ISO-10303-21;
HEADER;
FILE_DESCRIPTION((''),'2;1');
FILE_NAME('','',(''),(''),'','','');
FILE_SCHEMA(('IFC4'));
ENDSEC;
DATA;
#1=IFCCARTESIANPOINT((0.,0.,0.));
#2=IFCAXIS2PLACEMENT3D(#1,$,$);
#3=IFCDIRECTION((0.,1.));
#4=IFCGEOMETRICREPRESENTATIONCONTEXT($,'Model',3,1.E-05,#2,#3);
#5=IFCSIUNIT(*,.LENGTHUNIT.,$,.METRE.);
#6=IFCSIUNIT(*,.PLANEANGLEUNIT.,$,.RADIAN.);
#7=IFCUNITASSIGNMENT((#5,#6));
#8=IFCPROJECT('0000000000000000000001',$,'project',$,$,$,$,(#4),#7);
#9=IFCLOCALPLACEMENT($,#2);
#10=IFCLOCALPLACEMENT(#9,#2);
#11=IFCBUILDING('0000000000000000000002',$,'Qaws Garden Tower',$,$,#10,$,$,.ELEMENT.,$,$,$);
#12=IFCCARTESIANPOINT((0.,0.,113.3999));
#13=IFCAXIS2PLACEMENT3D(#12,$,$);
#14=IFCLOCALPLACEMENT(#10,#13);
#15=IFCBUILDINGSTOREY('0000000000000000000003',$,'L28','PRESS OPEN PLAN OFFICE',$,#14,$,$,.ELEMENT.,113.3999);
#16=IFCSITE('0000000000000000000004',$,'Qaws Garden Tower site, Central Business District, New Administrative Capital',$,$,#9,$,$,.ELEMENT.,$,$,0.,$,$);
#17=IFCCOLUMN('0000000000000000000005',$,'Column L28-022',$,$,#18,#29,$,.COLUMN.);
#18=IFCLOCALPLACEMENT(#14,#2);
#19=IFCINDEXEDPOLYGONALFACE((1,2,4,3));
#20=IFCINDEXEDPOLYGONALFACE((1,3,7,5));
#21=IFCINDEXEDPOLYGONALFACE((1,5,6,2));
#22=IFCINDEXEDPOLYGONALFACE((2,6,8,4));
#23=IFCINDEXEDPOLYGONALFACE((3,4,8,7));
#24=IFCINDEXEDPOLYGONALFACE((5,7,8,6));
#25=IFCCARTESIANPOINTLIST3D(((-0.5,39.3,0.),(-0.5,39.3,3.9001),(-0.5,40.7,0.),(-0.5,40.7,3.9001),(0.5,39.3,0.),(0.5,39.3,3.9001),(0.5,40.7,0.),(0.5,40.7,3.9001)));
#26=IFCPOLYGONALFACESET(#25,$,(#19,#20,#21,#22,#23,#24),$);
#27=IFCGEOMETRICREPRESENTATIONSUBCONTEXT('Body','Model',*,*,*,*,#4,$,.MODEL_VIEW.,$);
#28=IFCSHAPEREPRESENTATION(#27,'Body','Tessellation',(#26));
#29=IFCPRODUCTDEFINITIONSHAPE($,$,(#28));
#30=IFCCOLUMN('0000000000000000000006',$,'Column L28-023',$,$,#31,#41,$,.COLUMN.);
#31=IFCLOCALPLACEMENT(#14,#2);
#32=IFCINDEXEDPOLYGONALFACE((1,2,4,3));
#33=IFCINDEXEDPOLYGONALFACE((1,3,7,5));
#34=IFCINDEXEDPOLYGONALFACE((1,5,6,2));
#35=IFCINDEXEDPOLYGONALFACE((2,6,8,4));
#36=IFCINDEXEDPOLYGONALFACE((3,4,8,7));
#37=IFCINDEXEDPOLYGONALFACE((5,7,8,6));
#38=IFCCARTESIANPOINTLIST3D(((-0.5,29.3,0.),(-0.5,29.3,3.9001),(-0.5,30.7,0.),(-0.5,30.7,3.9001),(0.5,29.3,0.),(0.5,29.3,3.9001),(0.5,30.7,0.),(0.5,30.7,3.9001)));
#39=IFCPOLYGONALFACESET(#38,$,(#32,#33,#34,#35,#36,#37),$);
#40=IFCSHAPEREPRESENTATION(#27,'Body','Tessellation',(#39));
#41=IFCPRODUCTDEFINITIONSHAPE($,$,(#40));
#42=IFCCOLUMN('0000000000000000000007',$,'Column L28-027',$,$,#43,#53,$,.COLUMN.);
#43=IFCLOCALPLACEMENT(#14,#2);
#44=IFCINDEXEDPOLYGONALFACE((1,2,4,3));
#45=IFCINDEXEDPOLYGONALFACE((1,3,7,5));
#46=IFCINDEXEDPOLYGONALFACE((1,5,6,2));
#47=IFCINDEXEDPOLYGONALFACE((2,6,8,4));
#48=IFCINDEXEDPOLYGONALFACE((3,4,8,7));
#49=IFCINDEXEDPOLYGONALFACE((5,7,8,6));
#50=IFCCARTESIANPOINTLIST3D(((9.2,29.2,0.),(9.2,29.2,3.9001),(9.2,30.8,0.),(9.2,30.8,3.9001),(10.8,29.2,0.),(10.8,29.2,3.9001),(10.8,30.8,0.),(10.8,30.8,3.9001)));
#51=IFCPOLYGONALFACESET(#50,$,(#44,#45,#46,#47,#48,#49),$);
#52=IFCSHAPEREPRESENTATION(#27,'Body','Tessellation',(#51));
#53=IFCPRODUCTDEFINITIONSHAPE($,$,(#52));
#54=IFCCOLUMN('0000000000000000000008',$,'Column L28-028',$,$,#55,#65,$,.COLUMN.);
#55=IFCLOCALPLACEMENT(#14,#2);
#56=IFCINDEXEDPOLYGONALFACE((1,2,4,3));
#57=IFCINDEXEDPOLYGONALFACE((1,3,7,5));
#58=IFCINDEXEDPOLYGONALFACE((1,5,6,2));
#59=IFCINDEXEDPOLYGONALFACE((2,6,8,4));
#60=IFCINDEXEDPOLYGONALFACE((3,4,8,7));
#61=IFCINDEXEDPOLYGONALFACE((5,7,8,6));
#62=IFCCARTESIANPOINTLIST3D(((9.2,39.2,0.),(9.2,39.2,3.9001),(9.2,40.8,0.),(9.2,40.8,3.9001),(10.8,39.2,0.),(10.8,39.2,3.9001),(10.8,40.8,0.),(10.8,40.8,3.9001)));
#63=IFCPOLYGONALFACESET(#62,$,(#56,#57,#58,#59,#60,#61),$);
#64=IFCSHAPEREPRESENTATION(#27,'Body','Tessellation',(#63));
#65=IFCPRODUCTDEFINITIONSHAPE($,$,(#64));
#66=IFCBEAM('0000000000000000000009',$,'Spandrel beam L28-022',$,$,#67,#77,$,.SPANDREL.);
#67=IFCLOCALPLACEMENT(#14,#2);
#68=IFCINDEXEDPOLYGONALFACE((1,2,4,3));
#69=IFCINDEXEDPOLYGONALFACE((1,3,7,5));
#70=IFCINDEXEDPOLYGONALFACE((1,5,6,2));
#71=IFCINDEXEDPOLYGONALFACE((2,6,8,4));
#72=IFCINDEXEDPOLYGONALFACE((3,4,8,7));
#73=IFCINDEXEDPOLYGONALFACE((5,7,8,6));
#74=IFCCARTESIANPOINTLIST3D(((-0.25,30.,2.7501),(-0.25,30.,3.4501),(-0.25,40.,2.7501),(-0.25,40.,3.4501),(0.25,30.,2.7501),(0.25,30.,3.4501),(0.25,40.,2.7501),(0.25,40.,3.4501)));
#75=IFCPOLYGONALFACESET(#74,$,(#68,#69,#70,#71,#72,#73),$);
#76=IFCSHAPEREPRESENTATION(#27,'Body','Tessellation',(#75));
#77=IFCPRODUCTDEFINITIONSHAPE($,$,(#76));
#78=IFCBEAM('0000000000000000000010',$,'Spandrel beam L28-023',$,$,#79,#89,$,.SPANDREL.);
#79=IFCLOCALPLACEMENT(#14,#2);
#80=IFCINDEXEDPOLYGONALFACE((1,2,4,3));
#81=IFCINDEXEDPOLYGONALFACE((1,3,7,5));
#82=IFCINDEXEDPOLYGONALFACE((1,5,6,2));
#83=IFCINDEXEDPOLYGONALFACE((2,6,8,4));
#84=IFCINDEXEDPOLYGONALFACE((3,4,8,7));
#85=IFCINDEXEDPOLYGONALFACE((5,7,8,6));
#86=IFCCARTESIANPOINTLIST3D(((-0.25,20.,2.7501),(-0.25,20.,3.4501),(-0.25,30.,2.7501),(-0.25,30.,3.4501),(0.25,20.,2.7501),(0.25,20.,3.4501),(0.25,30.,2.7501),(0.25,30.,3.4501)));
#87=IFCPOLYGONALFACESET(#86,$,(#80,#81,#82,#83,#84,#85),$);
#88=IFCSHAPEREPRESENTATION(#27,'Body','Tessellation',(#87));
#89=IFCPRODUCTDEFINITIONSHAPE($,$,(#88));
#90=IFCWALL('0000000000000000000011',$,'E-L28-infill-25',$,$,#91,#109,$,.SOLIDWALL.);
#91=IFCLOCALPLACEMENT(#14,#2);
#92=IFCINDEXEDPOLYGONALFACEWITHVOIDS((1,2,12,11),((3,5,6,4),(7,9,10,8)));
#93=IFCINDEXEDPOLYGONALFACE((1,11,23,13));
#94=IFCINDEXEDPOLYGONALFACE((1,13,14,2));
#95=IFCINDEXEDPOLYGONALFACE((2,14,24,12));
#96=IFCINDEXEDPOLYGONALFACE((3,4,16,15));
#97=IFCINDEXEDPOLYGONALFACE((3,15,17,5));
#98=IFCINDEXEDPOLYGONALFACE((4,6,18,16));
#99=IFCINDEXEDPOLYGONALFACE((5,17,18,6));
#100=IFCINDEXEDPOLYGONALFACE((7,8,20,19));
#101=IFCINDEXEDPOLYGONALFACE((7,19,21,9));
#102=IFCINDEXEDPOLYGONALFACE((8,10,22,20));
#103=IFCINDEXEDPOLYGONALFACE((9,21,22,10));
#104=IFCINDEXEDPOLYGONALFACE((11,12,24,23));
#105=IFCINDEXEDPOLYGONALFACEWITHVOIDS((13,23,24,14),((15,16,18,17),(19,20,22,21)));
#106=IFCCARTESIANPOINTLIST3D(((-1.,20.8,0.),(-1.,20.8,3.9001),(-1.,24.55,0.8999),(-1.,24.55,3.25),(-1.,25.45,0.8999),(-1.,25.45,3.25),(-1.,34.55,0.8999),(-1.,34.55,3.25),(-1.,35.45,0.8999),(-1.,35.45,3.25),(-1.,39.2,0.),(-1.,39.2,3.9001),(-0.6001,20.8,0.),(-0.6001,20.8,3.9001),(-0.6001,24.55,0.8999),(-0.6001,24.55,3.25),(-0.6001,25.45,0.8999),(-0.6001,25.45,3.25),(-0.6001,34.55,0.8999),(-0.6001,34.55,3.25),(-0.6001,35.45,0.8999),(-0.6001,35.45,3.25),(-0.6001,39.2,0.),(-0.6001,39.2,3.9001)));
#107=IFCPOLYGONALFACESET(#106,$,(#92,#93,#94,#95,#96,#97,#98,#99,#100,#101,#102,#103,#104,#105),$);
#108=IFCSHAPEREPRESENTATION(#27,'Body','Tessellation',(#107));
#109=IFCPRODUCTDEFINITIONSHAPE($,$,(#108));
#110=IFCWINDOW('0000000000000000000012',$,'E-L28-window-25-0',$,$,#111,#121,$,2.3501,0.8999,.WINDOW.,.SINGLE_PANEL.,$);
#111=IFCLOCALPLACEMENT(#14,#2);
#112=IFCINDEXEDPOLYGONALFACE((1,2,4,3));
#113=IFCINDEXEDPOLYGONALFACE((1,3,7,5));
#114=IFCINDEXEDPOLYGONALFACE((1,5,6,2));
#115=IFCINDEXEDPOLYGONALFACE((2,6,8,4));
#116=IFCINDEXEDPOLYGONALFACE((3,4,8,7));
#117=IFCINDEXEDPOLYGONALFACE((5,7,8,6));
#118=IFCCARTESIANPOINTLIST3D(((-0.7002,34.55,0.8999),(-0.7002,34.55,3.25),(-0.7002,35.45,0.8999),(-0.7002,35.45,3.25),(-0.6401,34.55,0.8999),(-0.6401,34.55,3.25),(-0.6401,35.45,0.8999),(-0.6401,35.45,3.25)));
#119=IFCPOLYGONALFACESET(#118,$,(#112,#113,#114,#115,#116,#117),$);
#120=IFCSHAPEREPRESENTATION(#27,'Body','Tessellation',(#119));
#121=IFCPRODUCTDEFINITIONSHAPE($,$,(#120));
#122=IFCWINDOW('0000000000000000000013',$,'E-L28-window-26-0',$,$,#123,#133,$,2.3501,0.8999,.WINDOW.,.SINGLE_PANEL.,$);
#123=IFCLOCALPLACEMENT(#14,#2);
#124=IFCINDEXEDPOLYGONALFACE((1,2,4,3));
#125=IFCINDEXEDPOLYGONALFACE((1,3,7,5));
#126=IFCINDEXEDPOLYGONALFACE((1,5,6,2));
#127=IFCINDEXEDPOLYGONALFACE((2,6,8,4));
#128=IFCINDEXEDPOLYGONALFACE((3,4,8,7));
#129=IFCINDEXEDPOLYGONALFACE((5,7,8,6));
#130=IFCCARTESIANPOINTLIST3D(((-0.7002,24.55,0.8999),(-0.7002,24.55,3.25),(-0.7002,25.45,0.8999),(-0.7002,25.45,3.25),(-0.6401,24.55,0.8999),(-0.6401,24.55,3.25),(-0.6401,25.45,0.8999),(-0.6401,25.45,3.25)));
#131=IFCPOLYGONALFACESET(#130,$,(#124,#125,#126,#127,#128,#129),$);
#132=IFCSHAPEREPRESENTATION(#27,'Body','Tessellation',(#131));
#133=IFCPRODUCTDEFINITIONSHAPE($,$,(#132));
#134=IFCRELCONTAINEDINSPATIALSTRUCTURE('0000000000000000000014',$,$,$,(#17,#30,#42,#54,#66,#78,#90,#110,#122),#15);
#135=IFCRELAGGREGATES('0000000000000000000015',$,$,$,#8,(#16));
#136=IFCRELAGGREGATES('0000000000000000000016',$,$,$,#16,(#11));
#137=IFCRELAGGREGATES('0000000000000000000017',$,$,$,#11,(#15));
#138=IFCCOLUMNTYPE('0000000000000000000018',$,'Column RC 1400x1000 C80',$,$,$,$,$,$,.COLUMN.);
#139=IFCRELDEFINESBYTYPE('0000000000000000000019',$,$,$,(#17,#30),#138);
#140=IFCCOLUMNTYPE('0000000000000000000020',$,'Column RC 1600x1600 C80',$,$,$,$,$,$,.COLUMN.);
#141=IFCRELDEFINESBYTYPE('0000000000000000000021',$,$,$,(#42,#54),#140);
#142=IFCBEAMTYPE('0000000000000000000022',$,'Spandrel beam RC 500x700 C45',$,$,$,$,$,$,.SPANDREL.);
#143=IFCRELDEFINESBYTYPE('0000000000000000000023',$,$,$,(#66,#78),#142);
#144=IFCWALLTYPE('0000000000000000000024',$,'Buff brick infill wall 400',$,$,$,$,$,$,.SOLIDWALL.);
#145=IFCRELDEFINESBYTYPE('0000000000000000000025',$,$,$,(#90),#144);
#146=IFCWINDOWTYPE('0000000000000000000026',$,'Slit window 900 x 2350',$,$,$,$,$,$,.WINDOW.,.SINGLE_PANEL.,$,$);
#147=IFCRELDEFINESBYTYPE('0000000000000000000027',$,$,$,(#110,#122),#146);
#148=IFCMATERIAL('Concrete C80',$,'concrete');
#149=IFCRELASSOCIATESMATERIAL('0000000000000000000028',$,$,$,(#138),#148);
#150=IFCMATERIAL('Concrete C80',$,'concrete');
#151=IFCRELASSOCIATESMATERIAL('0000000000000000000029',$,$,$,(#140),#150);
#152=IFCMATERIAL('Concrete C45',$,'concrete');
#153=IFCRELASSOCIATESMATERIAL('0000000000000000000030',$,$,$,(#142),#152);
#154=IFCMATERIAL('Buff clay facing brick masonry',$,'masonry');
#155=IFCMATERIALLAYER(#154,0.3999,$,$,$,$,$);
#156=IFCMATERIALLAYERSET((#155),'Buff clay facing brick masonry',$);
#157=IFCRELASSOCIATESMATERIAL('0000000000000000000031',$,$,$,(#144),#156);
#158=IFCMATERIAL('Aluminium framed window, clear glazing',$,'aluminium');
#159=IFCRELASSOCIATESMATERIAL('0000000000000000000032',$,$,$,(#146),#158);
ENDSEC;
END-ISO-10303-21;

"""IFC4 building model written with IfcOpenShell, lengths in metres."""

from ifc_helpers import new_model, si_unit, direction, frame, frame_2d, origin, origin_2d, place, context, subcontext, project, spatial, rectangle, extrude, material, layer, layer_set, material_profile, profile_set, type_object, element, fill, save


model = new_model("IFC4")

# Units and contexts
model_context = context("Model", 3, precision=1e-05, world=origin(), true_north=direction((0.0, 1.0)))
body_context = subcontext(model_context, "Body", "Model", "MODEL_VIEW")
ifc_project = project(units=[si_unit("LENGTHUNIT", "METRE"), si_unit("PLANEANGLEUNIT", "RADIAN")], contexts=[model_context])

# Site, building, storey
site_placement = place(None, origin())
site = spatial("IfcSite", under=ifc_project, at=site_placement, Name="Qaws Garden Tower site, Central Business District, New Administrative Capital", CompositionType="ELEMENT", RefElevation=0.0)
building_placement = place(site_placement, origin())
building = spatial("IfcBuilding", under=site, at=building_placement, Name="Qaws Garden Tower", CompositionType="ELEMENT")
storey_placement = place(building_placement, frame((0.0, 0.0, 113.3999)))
storey = spatial("IfcBuildingStorey", under=building, at=storey_placement, Name="L28", Description="PRESS OPEN PLAN OFFICE", CompositionType="ELEMENT", Elevation=113.3999)

# Columns
ifc_material_1 = material(Name="Concrete C80", Category="concrete")
ifc_material_profile_1 = material_profile(ifc_material_1, rectangle(XDim=1.3999, YDim=1.0, at=origin_2d()), Name="RC 1400x1000")
ifc_profile_set_1 = profile_set([ifc_material_profile_1], Name="Concrete C80")
column_type_1 = type_object("IfcColumnType", Name="Column RC 1400x1000 C80", PredefinedType="COLUMN", material=ifc_profile_set_1)
for number, where, z_axis, x_axis, name in (
    (1, (0.0, 40.0, 0.0), (0.0, 0.0, 1.0), (0.0, 1.0, 0.0), "Column L28-022"),
    (2, (0.0, 30.0, 0.0), (0.0, 0.0, 1.0), (0.0, 1.0, 0.0), "Column L28-023"),
):
    element("IfcColumn", number, at=place(storey_placement, frame(where, z_axis=z_axis, x_axis=x_axis)), inside=storey, type_object=column_type_1, Name=name, PredefinedType="COLUMN", context=body_context, shape_type="SweptSolid", body=[
        extrude(rectangle(XDim=1.3999, YDim=1.0, at=origin_2d()), origin(), (0.0, 0.0, 1.0), 3.9001),
    ])
ifc_material_2 = material(Name="Concrete C80", Category="concrete")
ifc_material_profile_2 = material_profile(ifc_material_2, rectangle(XDim=1.6001, YDim=1.6001, at=origin_2d()), Name="RC 1600x1600")
ifc_profile_set_2 = profile_set([ifc_material_profile_2], Name="Concrete C80")
column_type_2 = type_object("IfcColumnType", Name="Column RC 1600x1600 C80", PredefinedType="COLUMN", material=ifc_profile_set_2)
for number, where, z_axis, x_axis, name in (
    (3, (10.0, 30.0, 0.0), (0.0, 0.0, 1.0), (1.0, 0.0, 0.0), "Column L28-027"),
    (4, (10.0, 40.0, 0.0), (0.0, 0.0, 1.0), (1.0, 0.0, 0.0), "Column L28-028"),
):
    element("IfcColumn", number, at=place(storey_placement, frame(where, z_axis=z_axis, x_axis=x_axis)), inside=storey, type_object=column_type_2, Name=name, PredefinedType="COLUMN", context=body_context, shape_type="SweptSolid", body=[
        extrude(rectangle(XDim=1.6001, YDim=1.6001, at=origin_2d()), origin(), (0.0, 0.0, 1.0), 3.9001),
    ])

# Beams
ifc_material_3 = material(Name="Concrete C45", Category="concrete")
ifc_material_profile_3 = material_profile(ifc_material_3, rectangle(XDim=0.5, YDim=0.7, at=origin_2d()), Name="RC 500x700")
ifc_profile_set_3 = profile_set([ifc_material_profile_3], Name="Concrete C45")
beam_type = type_object("IfcBeamType", Name="Spandrel beam RC 500x700 C45", PredefinedType="SPANDREL", material=ifc_profile_set_3)
for number, where, z_axis, x_axis, name in (
    (5, (0.0, 40.0, 3.1001), (0.0, -1.0, 0.0), (1.0, 0.0, 0.0), "Spandrel beam L28-022"),
    (6, (0.0, 30.0, 3.1001), (0.0, -1.0, 0.0), (1.0, 0.0, 0.0), "Spandrel beam L28-023"),
):
    element("IfcBeam", number, at=place(storey_placement, frame(where, z_axis=z_axis, x_axis=x_axis)), inside=storey, type_object=beam_type, Name=name, PredefinedType="SPANDREL", context=body_context, shape_type="SweptSolid", body=[
        extrude(rectangle(XDim=0.5, YDim=0.7, at=origin_2d()), origin(), (0.0, 0.0, 1.0), 10.0),
    ])

# Wall, openings, windows
ifc_material_4 = material(Name="Buff clay facing brick masonry", Category="masonry")
ifc_layer_1 = layer(ifc_material_4, 0.3999)
ifc_layer_set_1 = layer_set([ifc_layer_1], Name="Buff clay facing brick masonry")
wall_type_1 = type_object("IfcWallType", Name="Buff brick infill wall 400", PredefinedType="SOLIDWALL", material=ifc_layer_set_1)
wall_1_placement = place(storey_placement, frame((-0.8, 39.2, 0.0), z_axis=(0.0, 0.0, 1.0), x_axis=(0.0, -1.0, 0.0)))
wall_1 = element("IfcWall", 7, at=wall_1_placement, inside=storey, type_object=wall_type_1, Name="E-L28-infill-25", PredefinedType="SOLIDWALL", context=body_context, shape_type="SweptSolid", body=[
    extrude(rectangle(XDim=18.3999, YDim=0.3999, at=frame_2d((9.2, 0.0))), origin(), (0.0, 0.0, 1.0), 3.9001),
])
opening_1_placement = place(wall_1_placement, frame((3.75, 0.0, 0.8999)))
opening_1 = element("IfcOpeningElement", 8, at=opening_1_placement, cuts=wall_1, PredefinedType="OPENING", context=body_context, shape_type="SweptSolid", body=[
    extrude(rectangle(XDim=0.8999, YDim=2.3501, at=frame_2d((0.45, 1.175))), frame((0.0, 0.21, 0.0), z_axis=(0.0, -1.0, 0.0), x_axis=(1.0, 0.0, 0.0)), (0.0, 0.0, 1.0), 0.4199),
])
opening_2_placement = place(wall_1_placement, frame((13.75, 0.0, 0.8999)))
opening_2 = element("IfcOpeningElement", 9, at=opening_2_placement, cuts=wall_1, PredefinedType="OPENING", context=body_context, shape_type="SweptSolid", body=[
    extrude(rectangle(XDim=0.8999, YDim=2.3501, at=frame_2d((0.45, 1.175))), frame((0.0, 0.21, 0.0), z_axis=(0.0, -1.0, 0.0), x_axis=(1.0, 0.0, 0.0)), (0.0, 0.0, 1.0), 0.4199),
])
ifc_material_5 = material(Name="Aluminium framed window, clear glazing", Category="aluminium")
window_type = type_object("IfcWindowType", Name="Slit window 900 x 2350", PartitioningType="SINGLE_PANEL", PredefinedType="WINDOW", material=ifc_material_5)
window_1_placement = place(opening_1_placement, origin())
window_1 = element("IfcWindow", 10, at=window_1_placement, inside=storey, type_object=window_type, Name="E-L28-window-25-0", OverallHeight=2.3501, OverallWidth=0.8999, PartitioningType="SINGLE_PANEL", PredefinedType="WINDOW", context=body_context, shape_type="SweptSolid", body=[
    extrude(rectangle(XDim=0.8999, YDim=2.3501, at=frame_2d((0.45, 1.175))), frame((0.0, 0.1599, 0.0), z_axis=(0.0, -1.0, 0.0), x_axis=(1.0, 0.0, 0.0)), (0.0, 0.0, 1.0), 0.0601),
])
fill(opening_1, window_1)
window_2_placement = place(opening_2_placement, origin())
window_2 = element("IfcWindow", 11, at=window_2_placement, inside=storey, type_object=window_type, Name="E-L28-window-26-0", OverallHeight=2.3501, OverallWidth=0.8999, PartitioningType="SINGLE_PANEL", PredefinedType="WINDOW", context=body_context, shape_type="SweptSolid", body=[
    extrude(rectangle(XDim=0.8999, YDim=2.3501, at=frame_2d((0.45, 1.175))), frame((0.0, 0.1599, 0.0), z_axis=(0.0, -1.0, 0.0), x_axis=(1.0, 0.0, 0.0)), (0.0, 0.0, 1.0), 0.0601),
])
fill(opening_2, window_2)

save(model, "model.ifc")
